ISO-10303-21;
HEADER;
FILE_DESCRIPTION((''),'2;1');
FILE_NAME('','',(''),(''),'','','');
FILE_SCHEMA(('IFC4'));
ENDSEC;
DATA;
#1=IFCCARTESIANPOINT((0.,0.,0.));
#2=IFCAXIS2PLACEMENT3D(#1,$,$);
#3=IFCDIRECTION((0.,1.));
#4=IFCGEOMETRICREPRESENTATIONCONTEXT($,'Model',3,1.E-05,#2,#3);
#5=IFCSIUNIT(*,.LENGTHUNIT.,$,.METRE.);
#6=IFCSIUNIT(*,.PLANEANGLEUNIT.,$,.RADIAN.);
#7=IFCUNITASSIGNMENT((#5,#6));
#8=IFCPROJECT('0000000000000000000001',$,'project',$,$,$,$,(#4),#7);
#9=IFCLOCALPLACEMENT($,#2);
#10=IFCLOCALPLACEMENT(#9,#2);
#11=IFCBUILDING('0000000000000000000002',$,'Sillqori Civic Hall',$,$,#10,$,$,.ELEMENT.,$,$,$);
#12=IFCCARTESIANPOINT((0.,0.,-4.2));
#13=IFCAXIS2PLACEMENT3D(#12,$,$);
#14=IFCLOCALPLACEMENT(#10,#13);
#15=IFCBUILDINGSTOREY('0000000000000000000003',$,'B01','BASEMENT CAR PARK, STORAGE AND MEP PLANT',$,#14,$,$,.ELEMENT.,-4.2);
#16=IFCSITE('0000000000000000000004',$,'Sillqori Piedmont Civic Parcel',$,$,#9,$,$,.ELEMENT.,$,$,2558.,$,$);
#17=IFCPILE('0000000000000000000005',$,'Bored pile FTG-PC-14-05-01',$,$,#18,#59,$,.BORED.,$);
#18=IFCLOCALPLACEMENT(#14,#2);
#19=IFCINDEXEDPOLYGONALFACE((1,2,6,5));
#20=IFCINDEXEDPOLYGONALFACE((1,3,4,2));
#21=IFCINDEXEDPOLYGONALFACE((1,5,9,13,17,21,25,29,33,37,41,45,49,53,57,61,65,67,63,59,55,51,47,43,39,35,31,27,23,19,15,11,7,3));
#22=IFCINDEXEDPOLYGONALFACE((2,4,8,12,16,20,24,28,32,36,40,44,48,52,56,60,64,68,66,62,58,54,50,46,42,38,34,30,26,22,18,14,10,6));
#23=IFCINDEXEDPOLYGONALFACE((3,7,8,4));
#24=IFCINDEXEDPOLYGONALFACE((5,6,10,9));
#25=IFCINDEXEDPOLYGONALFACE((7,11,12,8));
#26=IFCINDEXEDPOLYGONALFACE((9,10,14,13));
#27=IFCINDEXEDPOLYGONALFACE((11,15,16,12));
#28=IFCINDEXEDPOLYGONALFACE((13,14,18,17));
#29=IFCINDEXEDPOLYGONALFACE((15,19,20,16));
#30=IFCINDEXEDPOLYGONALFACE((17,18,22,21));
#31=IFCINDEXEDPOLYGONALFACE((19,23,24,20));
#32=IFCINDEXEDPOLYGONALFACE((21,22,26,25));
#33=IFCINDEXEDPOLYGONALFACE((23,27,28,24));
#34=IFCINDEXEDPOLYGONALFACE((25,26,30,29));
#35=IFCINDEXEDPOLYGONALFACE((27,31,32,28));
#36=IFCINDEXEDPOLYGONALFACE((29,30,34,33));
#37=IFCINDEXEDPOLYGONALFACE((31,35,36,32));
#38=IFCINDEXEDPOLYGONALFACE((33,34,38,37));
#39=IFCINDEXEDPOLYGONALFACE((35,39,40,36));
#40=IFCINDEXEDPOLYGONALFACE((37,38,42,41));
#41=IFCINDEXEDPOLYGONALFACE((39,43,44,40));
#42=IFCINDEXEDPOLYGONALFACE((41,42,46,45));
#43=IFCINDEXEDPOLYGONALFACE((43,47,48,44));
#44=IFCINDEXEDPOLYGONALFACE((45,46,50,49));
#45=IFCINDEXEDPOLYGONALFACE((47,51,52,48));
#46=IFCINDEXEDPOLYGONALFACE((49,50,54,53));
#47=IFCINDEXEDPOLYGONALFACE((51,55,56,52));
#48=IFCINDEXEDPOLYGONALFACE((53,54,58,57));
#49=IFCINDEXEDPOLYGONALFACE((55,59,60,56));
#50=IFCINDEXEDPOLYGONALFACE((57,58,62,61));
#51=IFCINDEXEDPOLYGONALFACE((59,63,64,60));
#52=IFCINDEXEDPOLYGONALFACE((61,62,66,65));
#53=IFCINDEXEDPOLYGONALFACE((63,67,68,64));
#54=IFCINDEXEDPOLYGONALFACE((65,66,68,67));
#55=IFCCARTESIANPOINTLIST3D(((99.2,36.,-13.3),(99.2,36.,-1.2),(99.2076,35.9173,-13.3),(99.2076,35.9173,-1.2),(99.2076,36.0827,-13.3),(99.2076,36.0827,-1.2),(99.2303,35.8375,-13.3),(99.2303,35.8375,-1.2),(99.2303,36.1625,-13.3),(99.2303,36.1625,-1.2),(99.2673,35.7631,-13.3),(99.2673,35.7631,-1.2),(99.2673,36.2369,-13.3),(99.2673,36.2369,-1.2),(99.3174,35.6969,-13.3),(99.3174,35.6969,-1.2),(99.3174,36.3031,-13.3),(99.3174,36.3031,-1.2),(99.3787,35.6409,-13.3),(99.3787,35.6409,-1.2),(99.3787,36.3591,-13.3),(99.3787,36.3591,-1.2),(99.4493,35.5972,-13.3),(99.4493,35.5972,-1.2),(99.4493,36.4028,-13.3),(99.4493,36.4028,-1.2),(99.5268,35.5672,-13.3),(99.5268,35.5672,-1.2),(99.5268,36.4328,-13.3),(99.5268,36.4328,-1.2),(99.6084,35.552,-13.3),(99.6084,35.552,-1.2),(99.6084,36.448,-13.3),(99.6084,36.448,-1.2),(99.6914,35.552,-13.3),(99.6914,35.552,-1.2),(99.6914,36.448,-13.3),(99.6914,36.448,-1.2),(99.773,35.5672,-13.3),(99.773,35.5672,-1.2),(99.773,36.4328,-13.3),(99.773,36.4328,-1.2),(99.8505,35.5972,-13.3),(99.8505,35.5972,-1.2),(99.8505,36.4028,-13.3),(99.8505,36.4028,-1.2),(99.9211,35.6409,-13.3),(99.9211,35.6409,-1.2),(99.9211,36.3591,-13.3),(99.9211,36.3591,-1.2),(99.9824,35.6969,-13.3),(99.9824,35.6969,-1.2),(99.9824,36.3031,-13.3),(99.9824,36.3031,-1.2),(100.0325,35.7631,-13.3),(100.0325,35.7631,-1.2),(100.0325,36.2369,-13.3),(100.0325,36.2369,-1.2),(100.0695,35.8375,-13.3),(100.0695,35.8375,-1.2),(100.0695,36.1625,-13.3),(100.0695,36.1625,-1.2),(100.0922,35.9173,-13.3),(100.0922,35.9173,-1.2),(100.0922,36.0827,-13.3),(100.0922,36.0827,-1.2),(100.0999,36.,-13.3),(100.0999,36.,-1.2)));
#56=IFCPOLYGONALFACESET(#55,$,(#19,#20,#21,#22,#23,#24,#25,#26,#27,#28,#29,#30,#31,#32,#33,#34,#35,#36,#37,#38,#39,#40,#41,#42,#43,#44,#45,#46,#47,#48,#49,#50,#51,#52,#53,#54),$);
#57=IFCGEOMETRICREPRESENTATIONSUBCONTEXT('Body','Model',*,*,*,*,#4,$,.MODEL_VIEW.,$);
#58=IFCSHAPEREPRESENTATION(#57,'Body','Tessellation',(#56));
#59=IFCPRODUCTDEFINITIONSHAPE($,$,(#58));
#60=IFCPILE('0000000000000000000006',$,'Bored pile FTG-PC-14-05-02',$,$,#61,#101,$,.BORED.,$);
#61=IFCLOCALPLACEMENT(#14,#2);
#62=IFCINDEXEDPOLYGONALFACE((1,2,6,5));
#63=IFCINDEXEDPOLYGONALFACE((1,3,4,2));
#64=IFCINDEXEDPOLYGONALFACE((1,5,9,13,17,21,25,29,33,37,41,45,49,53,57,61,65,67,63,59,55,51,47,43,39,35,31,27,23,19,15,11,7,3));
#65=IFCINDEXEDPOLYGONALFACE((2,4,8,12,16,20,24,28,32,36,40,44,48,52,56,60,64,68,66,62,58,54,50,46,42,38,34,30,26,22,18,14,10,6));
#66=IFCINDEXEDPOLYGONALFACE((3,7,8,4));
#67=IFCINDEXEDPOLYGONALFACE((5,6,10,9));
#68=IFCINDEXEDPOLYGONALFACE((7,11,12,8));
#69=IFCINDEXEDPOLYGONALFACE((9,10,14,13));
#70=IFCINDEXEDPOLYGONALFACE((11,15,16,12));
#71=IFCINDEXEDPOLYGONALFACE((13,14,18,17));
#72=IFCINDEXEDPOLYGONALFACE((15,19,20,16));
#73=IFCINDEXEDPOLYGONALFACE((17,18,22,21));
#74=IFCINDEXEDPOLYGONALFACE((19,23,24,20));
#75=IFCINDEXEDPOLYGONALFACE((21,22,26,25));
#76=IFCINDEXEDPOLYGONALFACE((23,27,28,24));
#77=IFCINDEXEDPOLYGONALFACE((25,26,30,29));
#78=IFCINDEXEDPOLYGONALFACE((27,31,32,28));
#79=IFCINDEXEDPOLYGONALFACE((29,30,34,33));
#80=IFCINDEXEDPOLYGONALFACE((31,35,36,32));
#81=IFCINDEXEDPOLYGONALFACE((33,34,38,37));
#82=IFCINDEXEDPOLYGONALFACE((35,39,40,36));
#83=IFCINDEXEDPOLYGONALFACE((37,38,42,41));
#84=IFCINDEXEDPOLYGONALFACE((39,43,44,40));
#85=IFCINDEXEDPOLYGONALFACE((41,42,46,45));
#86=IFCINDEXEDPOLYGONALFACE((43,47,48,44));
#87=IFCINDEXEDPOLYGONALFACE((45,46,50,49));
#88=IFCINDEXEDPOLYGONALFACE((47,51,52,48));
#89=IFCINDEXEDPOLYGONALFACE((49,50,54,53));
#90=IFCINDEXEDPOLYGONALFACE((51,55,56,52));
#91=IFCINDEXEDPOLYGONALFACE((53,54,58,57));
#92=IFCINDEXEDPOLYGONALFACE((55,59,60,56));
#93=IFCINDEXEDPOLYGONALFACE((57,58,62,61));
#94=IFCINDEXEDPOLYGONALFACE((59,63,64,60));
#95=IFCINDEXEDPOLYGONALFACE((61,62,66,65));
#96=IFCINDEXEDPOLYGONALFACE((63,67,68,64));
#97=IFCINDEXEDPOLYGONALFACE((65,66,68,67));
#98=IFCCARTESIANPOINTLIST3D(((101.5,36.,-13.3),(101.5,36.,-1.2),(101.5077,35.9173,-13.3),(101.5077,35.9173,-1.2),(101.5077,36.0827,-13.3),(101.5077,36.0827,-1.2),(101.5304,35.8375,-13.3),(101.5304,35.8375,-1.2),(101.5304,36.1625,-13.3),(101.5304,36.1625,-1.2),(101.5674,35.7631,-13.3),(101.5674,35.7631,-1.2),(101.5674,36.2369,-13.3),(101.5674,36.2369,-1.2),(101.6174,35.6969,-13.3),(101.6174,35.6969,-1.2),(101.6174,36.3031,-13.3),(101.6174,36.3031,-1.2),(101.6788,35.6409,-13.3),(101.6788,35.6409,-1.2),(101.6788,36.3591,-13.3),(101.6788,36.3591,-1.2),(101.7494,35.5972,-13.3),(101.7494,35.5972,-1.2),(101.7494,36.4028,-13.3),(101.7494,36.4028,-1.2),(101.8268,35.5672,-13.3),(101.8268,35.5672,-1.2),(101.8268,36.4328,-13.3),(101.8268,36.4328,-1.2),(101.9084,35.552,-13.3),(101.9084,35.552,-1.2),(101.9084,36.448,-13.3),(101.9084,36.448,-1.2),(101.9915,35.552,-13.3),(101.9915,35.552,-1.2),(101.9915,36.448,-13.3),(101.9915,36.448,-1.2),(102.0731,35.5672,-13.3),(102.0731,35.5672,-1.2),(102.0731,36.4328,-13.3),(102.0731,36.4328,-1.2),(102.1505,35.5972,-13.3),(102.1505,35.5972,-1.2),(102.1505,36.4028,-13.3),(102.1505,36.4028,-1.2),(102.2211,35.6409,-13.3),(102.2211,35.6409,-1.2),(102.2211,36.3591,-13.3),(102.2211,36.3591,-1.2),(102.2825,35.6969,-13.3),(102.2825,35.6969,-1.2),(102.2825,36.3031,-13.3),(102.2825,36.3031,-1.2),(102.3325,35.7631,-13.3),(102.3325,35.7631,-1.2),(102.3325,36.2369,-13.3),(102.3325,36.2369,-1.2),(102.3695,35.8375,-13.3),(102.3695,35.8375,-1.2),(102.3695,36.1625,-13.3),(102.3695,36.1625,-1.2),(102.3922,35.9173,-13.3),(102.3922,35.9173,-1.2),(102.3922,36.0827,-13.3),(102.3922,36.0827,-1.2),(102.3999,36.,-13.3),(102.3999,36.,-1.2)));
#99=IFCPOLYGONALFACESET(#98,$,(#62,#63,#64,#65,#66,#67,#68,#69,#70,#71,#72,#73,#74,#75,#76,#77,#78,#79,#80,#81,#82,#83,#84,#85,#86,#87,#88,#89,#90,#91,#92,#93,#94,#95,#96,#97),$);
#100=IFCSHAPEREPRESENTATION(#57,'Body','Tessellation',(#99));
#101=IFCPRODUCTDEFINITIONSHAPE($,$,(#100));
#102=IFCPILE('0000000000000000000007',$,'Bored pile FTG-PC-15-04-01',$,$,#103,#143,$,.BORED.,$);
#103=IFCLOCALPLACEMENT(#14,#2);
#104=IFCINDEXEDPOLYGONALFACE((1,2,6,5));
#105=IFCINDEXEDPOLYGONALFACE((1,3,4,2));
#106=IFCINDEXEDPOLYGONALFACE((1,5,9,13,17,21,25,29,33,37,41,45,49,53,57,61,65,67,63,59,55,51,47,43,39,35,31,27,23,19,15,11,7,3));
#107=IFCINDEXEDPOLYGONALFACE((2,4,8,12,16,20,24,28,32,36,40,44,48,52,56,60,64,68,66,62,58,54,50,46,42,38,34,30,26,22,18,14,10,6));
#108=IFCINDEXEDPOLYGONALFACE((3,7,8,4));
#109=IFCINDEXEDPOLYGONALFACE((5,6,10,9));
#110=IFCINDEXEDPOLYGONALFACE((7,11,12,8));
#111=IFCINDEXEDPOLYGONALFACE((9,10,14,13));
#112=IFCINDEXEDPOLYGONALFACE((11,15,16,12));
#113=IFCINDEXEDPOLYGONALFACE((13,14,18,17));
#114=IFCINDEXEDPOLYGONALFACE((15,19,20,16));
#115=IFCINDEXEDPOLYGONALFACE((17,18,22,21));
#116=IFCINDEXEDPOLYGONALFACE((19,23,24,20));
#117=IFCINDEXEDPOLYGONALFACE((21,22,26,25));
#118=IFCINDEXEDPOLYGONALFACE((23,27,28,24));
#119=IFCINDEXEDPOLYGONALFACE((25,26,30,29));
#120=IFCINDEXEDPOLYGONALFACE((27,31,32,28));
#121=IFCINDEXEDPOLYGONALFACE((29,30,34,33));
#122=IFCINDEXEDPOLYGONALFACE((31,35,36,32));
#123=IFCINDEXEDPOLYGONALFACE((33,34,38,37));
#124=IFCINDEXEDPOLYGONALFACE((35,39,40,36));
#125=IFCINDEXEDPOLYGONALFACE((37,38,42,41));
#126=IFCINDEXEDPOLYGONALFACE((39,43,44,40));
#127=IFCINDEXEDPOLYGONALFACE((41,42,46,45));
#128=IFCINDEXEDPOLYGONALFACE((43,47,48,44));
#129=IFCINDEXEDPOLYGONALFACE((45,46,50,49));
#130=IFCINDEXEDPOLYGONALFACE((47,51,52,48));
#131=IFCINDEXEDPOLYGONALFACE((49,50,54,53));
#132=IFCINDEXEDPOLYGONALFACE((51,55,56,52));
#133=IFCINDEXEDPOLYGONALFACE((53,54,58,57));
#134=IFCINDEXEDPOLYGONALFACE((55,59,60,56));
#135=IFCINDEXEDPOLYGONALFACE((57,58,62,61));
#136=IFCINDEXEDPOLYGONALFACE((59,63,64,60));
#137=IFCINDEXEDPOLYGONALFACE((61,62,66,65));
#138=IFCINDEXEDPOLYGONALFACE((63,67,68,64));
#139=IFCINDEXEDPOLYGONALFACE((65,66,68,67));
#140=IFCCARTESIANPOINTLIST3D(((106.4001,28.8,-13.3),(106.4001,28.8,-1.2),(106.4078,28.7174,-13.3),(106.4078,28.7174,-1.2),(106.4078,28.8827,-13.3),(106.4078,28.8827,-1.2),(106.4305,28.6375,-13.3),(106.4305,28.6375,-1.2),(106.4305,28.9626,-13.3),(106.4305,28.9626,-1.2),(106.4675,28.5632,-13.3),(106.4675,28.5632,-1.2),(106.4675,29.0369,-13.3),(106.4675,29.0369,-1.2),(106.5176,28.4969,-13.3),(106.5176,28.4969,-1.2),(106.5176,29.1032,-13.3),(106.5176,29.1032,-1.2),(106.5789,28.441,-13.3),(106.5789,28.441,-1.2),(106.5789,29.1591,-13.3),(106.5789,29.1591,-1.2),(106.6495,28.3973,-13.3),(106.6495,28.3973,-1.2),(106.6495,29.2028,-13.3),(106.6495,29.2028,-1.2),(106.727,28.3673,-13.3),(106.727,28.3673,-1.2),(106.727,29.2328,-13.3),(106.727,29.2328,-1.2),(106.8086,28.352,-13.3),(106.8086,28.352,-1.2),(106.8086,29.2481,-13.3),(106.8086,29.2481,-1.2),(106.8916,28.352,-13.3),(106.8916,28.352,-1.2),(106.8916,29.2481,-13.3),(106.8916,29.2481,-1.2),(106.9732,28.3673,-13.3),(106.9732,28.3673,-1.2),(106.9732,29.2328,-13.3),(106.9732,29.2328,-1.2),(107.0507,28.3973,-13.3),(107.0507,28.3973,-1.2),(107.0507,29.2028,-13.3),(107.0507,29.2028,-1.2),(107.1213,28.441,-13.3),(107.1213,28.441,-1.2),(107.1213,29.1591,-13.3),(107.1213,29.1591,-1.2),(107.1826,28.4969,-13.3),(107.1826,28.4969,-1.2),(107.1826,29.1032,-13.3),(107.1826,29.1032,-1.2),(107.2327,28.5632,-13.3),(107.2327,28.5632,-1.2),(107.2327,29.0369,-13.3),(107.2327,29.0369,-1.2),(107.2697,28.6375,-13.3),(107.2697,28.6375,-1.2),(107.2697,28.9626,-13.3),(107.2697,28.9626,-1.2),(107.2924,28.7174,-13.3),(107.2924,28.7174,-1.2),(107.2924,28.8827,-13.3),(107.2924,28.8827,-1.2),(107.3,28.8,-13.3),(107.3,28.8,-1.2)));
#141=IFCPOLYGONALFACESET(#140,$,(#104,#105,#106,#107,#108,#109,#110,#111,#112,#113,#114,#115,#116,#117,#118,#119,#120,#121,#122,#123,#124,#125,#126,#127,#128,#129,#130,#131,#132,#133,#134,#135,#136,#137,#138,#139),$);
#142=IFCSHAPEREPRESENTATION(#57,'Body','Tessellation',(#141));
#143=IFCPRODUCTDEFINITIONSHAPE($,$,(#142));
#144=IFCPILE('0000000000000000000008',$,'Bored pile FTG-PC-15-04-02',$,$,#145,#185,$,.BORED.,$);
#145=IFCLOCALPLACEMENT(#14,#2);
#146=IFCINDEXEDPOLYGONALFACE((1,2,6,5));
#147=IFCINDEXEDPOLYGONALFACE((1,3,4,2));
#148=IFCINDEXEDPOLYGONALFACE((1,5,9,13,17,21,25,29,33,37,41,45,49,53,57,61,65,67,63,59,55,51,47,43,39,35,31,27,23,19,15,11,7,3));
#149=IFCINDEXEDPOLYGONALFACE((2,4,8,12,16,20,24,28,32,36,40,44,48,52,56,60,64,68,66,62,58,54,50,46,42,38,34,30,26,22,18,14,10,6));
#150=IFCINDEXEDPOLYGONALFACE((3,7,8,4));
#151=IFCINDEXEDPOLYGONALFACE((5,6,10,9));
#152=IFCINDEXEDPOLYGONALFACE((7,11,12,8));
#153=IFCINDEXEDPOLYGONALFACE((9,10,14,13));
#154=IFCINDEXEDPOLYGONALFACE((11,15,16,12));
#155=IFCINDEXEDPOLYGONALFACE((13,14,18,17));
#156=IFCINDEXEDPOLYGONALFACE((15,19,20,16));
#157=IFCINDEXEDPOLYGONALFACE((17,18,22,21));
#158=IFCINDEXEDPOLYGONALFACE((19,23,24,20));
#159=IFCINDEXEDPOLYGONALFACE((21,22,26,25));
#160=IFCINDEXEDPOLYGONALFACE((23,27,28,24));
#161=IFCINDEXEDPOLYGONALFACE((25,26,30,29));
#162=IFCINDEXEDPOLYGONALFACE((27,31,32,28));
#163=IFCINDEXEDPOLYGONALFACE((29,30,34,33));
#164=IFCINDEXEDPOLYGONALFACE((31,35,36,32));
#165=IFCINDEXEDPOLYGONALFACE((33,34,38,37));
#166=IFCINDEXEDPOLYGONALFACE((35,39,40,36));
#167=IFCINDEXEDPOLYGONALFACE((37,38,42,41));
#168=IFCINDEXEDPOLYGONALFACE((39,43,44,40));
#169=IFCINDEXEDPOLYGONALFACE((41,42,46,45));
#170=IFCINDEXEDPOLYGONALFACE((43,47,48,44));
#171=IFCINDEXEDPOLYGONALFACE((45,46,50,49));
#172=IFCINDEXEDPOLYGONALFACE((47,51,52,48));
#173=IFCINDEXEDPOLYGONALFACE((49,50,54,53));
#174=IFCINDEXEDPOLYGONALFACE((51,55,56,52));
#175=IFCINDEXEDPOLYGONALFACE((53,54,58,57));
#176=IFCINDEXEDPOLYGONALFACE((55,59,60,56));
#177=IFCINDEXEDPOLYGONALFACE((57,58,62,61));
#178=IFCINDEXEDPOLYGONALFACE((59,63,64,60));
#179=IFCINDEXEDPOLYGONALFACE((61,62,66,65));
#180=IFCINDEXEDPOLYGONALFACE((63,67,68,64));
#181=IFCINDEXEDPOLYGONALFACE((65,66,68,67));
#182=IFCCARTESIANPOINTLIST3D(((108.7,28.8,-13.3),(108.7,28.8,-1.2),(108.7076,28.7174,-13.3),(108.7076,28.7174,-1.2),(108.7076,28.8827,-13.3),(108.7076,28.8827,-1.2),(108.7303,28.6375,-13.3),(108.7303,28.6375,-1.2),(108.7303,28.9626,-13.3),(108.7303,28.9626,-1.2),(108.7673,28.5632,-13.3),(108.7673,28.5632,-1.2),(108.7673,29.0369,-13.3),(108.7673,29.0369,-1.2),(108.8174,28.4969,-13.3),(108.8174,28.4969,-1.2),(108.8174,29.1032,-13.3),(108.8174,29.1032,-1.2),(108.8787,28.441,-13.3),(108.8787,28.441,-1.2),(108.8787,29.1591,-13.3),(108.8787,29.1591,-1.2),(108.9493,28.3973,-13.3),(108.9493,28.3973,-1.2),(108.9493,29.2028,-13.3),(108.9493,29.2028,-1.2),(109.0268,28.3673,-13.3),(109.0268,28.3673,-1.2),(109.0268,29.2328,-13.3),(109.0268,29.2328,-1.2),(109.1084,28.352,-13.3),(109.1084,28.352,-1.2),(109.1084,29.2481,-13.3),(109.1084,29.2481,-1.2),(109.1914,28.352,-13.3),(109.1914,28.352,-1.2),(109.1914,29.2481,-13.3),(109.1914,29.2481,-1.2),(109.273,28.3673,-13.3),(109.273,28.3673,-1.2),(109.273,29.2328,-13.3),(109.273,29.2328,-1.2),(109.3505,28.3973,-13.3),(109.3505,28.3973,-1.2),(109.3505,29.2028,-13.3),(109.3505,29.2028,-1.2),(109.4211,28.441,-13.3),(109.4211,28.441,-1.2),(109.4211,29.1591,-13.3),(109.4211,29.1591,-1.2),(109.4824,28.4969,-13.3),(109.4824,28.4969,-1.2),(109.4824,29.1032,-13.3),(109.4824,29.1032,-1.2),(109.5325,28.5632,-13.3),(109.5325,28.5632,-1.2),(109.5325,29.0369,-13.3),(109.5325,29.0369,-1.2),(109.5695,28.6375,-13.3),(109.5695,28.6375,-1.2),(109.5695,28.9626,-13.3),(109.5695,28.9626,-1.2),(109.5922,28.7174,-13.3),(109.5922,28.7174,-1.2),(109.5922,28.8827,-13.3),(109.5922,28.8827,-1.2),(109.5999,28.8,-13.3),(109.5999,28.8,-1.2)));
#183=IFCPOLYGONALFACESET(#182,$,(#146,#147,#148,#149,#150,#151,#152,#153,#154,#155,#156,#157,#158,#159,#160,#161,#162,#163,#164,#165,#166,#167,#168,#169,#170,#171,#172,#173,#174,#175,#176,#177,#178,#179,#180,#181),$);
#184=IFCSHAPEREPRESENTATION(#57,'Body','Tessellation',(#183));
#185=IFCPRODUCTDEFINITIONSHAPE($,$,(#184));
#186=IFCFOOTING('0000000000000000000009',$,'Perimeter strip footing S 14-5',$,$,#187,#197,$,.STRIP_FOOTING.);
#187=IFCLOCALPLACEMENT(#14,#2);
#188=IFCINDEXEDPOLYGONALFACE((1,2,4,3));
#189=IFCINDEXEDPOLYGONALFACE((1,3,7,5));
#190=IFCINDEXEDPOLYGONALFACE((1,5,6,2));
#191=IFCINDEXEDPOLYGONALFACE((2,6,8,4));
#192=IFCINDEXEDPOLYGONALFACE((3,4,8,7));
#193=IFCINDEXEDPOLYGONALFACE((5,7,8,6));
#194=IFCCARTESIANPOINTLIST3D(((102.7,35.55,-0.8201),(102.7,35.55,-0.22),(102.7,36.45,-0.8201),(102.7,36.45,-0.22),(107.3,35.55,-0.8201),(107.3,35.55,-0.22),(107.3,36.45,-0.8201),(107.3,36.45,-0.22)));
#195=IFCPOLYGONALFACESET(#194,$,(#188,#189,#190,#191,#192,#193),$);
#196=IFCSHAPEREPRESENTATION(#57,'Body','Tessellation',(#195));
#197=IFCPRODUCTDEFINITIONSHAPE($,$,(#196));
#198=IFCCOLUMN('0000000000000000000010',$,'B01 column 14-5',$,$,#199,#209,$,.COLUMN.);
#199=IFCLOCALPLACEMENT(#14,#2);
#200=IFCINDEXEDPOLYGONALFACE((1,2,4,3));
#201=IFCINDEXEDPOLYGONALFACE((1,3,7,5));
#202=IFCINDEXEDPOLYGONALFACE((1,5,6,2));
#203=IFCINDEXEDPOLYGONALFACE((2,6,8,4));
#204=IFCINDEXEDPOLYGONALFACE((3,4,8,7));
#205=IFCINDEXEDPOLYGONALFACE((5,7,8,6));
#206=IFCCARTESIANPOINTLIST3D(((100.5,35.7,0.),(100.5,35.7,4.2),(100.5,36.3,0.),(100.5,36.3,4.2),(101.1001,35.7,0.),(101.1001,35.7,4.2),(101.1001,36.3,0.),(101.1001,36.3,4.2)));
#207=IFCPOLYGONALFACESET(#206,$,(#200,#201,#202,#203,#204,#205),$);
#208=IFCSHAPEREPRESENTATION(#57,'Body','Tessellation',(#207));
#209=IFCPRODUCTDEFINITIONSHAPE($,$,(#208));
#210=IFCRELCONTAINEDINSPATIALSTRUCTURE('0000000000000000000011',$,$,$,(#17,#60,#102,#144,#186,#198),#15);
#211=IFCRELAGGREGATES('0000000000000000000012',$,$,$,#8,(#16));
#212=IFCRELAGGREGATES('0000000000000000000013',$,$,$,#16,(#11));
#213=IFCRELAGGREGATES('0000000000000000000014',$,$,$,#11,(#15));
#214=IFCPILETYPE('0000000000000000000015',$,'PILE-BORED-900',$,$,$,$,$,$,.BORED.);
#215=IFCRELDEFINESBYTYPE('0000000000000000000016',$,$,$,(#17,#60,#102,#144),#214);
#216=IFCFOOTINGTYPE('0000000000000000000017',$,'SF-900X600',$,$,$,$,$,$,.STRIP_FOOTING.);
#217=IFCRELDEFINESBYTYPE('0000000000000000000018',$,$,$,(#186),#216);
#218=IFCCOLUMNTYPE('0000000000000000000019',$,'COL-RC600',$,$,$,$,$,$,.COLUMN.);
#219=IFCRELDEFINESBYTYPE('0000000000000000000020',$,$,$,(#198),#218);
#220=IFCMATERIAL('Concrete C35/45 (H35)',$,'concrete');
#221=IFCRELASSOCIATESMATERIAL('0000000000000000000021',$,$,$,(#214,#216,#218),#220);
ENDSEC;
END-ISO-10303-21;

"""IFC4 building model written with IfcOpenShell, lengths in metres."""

from ifc_helpers import new_model, si_unit, direction, frame, origin, origin_2d, place, context, subcontext, project, spatial, rectangle, circle, extrude, material, material_profile, profile_set, type_object, element, save


model = new_model("IFC4")

# Units and contexts
model_context = context("Model", 3, precision=1e-05, world=origin(), true_north=direction((0.0, 1.0)))
body_context = subcontext(model_context, "Body", "Model", "MODEL_VIEW")
ifc_project = project(units=[si_unit("LENGTHUNIT", "METRE"), si_unit("PLANEANGLEUNIT", "RADIAN")], contexts=[model_context])

# Site, building, storey
site_placement = place(None, origin())
site = spatial("IfcSite", under=ifc_project, at=site_placement, Name="Sillqori Piedmont Civic Parcel", CompositionType="ELEMENT", RefElevation=2558.0)
building_placement = place(site_placement, origin())
building = spatial("IfcBuilding", under=site, at=building_placement, Name="Sillqori Civic Hall", CompositionType="ELEMENT")
storey_placement = place(building_placement, frame((0.0, 0.0, -4.2)))
storey = spatial("IfcBuildingStorey", under=building, at=storey_placement, Name="B01", Description="BASEMENT CAR PARK, STORAGE AND MEP PLANT", CompositionType="ELEMENT", Elevation=-4.2)

# Shared definitions
ifc_material_1 = material(Name="Concrete C35/45 (H35)", Category="concrete")

# Piles
ifc_material_profile_1 = material_profile(ifc_material_1, circle(Radius=0.45, at=origin_2d()), Name="BORED PILE 900")
ifc_profile_set_1 = profile_set([ifc_material_profile_1], Name="Concrete C35/45 (H35)")
pile_type = type_object("IfcPileType", Name="PILE-BORED-900", PredefinedType="BORED", material=ifc_profile_set_1)
for number, where, z_axis, x_axis, name in (
    (1, (99.6499, 36.0, -1.2), (0.0, 0.0, -1.0), (1.0, 0.0, 0.0), "Bored pile FTG-PC-14-05-01"),
    (2, (101.95, 36.0, -1.2), (0.0, 0.0, -1.0), (1.0, 0.0, 0.0), "Bored pile FTG-PC-14-05-02"),
    (3, (106.8501, 28.8, -1.2), (0.0, 0.0, -1.0), (1.0, 0.0, 0.0), "Bored pile FTG-PC-15-04-01"),
    (4, (109.1499, 28.8, -1.2), (0.0, 0.0, -1.0), (1.0, 0.0, 0.0), "Bored pile FTG-PC-15-04-02"),
):
    element("IfcPile", number, at=place(storey_placement, frame(where, z_axis=z_axis, x_axis=x_axis)), inside=storey, type_object=pile_type, Name=name, PredefinedType="BORED", context=body_context, shape_type="SweptSolid", body=[
        extrude(circle(Radius=0.45, at=origin_2d()), origin(), (0.0, 0.0, 1.0), 12.1001),
    ])

# Footing
footing_type_1 = type_object("IfcFootingType", Name="SF-900X600", PredefinedType="STRIP_FOOTING", material=ifc_material_1)
footing_1_placement = place(storey_placement, frame((105.0, 36.0, -0.8201), z_axis=(0.0, 0.0, 1.0), x_axis=(1.0, 0.0, 0.0)))
element("IfcFooting", 5, at=footing_1_placement, inside=storey, type_object=footing_type_1, Name="Perimeter strip footing S 14-5", PredefinedType="STRIP_FOOTING", context=body_context, shape_type="SweptSolid", body=[
    extrude(rectangle(XDim=4.6001, YDim=0.8999, at=origin_2d()), origin(), (0.0, 0.0, 1.0), 0.6001),
])

# Column
ifc_material_profile_2 = material_profile(ifc_material_1, rectangle(XDim=0.6001, YDim=0.6001, at=origin_2d()), Name="RC 600x600")
ifc_profile_set_2 = profile_set([ifc_material_profile_2], Name="Concrete C35/45 (H35)")
column_type = type_object("IfcColumnType", Name="COL-RC600", PredefinedType="COLUMN", material=ifc_profile_set_2)
for number, where, z_axis, x_axis, name in (
    (6, (100.8, 36.0, 0.0), (0.0, 0.0, 1.0), (1.0, 0.0, 0.0), "B01 column 14-5"),
):
    element("IfcColumn", number, at=place(storey_placement, frame(where, z_axis=z_axis, x_axis=x_axis)), inside=storey, type_object=column_type, Name=name, PredefinedType="COLUMN", context=body_context, shape_type="SweptSolid", body=[
        extrude(rectangle(XDim=0.6001, YDim=0.6001, at=origin_2d()), origin(), (0.0, 0.0, 1.0), 4.2),
    ])

save(model, "model.ifc")
